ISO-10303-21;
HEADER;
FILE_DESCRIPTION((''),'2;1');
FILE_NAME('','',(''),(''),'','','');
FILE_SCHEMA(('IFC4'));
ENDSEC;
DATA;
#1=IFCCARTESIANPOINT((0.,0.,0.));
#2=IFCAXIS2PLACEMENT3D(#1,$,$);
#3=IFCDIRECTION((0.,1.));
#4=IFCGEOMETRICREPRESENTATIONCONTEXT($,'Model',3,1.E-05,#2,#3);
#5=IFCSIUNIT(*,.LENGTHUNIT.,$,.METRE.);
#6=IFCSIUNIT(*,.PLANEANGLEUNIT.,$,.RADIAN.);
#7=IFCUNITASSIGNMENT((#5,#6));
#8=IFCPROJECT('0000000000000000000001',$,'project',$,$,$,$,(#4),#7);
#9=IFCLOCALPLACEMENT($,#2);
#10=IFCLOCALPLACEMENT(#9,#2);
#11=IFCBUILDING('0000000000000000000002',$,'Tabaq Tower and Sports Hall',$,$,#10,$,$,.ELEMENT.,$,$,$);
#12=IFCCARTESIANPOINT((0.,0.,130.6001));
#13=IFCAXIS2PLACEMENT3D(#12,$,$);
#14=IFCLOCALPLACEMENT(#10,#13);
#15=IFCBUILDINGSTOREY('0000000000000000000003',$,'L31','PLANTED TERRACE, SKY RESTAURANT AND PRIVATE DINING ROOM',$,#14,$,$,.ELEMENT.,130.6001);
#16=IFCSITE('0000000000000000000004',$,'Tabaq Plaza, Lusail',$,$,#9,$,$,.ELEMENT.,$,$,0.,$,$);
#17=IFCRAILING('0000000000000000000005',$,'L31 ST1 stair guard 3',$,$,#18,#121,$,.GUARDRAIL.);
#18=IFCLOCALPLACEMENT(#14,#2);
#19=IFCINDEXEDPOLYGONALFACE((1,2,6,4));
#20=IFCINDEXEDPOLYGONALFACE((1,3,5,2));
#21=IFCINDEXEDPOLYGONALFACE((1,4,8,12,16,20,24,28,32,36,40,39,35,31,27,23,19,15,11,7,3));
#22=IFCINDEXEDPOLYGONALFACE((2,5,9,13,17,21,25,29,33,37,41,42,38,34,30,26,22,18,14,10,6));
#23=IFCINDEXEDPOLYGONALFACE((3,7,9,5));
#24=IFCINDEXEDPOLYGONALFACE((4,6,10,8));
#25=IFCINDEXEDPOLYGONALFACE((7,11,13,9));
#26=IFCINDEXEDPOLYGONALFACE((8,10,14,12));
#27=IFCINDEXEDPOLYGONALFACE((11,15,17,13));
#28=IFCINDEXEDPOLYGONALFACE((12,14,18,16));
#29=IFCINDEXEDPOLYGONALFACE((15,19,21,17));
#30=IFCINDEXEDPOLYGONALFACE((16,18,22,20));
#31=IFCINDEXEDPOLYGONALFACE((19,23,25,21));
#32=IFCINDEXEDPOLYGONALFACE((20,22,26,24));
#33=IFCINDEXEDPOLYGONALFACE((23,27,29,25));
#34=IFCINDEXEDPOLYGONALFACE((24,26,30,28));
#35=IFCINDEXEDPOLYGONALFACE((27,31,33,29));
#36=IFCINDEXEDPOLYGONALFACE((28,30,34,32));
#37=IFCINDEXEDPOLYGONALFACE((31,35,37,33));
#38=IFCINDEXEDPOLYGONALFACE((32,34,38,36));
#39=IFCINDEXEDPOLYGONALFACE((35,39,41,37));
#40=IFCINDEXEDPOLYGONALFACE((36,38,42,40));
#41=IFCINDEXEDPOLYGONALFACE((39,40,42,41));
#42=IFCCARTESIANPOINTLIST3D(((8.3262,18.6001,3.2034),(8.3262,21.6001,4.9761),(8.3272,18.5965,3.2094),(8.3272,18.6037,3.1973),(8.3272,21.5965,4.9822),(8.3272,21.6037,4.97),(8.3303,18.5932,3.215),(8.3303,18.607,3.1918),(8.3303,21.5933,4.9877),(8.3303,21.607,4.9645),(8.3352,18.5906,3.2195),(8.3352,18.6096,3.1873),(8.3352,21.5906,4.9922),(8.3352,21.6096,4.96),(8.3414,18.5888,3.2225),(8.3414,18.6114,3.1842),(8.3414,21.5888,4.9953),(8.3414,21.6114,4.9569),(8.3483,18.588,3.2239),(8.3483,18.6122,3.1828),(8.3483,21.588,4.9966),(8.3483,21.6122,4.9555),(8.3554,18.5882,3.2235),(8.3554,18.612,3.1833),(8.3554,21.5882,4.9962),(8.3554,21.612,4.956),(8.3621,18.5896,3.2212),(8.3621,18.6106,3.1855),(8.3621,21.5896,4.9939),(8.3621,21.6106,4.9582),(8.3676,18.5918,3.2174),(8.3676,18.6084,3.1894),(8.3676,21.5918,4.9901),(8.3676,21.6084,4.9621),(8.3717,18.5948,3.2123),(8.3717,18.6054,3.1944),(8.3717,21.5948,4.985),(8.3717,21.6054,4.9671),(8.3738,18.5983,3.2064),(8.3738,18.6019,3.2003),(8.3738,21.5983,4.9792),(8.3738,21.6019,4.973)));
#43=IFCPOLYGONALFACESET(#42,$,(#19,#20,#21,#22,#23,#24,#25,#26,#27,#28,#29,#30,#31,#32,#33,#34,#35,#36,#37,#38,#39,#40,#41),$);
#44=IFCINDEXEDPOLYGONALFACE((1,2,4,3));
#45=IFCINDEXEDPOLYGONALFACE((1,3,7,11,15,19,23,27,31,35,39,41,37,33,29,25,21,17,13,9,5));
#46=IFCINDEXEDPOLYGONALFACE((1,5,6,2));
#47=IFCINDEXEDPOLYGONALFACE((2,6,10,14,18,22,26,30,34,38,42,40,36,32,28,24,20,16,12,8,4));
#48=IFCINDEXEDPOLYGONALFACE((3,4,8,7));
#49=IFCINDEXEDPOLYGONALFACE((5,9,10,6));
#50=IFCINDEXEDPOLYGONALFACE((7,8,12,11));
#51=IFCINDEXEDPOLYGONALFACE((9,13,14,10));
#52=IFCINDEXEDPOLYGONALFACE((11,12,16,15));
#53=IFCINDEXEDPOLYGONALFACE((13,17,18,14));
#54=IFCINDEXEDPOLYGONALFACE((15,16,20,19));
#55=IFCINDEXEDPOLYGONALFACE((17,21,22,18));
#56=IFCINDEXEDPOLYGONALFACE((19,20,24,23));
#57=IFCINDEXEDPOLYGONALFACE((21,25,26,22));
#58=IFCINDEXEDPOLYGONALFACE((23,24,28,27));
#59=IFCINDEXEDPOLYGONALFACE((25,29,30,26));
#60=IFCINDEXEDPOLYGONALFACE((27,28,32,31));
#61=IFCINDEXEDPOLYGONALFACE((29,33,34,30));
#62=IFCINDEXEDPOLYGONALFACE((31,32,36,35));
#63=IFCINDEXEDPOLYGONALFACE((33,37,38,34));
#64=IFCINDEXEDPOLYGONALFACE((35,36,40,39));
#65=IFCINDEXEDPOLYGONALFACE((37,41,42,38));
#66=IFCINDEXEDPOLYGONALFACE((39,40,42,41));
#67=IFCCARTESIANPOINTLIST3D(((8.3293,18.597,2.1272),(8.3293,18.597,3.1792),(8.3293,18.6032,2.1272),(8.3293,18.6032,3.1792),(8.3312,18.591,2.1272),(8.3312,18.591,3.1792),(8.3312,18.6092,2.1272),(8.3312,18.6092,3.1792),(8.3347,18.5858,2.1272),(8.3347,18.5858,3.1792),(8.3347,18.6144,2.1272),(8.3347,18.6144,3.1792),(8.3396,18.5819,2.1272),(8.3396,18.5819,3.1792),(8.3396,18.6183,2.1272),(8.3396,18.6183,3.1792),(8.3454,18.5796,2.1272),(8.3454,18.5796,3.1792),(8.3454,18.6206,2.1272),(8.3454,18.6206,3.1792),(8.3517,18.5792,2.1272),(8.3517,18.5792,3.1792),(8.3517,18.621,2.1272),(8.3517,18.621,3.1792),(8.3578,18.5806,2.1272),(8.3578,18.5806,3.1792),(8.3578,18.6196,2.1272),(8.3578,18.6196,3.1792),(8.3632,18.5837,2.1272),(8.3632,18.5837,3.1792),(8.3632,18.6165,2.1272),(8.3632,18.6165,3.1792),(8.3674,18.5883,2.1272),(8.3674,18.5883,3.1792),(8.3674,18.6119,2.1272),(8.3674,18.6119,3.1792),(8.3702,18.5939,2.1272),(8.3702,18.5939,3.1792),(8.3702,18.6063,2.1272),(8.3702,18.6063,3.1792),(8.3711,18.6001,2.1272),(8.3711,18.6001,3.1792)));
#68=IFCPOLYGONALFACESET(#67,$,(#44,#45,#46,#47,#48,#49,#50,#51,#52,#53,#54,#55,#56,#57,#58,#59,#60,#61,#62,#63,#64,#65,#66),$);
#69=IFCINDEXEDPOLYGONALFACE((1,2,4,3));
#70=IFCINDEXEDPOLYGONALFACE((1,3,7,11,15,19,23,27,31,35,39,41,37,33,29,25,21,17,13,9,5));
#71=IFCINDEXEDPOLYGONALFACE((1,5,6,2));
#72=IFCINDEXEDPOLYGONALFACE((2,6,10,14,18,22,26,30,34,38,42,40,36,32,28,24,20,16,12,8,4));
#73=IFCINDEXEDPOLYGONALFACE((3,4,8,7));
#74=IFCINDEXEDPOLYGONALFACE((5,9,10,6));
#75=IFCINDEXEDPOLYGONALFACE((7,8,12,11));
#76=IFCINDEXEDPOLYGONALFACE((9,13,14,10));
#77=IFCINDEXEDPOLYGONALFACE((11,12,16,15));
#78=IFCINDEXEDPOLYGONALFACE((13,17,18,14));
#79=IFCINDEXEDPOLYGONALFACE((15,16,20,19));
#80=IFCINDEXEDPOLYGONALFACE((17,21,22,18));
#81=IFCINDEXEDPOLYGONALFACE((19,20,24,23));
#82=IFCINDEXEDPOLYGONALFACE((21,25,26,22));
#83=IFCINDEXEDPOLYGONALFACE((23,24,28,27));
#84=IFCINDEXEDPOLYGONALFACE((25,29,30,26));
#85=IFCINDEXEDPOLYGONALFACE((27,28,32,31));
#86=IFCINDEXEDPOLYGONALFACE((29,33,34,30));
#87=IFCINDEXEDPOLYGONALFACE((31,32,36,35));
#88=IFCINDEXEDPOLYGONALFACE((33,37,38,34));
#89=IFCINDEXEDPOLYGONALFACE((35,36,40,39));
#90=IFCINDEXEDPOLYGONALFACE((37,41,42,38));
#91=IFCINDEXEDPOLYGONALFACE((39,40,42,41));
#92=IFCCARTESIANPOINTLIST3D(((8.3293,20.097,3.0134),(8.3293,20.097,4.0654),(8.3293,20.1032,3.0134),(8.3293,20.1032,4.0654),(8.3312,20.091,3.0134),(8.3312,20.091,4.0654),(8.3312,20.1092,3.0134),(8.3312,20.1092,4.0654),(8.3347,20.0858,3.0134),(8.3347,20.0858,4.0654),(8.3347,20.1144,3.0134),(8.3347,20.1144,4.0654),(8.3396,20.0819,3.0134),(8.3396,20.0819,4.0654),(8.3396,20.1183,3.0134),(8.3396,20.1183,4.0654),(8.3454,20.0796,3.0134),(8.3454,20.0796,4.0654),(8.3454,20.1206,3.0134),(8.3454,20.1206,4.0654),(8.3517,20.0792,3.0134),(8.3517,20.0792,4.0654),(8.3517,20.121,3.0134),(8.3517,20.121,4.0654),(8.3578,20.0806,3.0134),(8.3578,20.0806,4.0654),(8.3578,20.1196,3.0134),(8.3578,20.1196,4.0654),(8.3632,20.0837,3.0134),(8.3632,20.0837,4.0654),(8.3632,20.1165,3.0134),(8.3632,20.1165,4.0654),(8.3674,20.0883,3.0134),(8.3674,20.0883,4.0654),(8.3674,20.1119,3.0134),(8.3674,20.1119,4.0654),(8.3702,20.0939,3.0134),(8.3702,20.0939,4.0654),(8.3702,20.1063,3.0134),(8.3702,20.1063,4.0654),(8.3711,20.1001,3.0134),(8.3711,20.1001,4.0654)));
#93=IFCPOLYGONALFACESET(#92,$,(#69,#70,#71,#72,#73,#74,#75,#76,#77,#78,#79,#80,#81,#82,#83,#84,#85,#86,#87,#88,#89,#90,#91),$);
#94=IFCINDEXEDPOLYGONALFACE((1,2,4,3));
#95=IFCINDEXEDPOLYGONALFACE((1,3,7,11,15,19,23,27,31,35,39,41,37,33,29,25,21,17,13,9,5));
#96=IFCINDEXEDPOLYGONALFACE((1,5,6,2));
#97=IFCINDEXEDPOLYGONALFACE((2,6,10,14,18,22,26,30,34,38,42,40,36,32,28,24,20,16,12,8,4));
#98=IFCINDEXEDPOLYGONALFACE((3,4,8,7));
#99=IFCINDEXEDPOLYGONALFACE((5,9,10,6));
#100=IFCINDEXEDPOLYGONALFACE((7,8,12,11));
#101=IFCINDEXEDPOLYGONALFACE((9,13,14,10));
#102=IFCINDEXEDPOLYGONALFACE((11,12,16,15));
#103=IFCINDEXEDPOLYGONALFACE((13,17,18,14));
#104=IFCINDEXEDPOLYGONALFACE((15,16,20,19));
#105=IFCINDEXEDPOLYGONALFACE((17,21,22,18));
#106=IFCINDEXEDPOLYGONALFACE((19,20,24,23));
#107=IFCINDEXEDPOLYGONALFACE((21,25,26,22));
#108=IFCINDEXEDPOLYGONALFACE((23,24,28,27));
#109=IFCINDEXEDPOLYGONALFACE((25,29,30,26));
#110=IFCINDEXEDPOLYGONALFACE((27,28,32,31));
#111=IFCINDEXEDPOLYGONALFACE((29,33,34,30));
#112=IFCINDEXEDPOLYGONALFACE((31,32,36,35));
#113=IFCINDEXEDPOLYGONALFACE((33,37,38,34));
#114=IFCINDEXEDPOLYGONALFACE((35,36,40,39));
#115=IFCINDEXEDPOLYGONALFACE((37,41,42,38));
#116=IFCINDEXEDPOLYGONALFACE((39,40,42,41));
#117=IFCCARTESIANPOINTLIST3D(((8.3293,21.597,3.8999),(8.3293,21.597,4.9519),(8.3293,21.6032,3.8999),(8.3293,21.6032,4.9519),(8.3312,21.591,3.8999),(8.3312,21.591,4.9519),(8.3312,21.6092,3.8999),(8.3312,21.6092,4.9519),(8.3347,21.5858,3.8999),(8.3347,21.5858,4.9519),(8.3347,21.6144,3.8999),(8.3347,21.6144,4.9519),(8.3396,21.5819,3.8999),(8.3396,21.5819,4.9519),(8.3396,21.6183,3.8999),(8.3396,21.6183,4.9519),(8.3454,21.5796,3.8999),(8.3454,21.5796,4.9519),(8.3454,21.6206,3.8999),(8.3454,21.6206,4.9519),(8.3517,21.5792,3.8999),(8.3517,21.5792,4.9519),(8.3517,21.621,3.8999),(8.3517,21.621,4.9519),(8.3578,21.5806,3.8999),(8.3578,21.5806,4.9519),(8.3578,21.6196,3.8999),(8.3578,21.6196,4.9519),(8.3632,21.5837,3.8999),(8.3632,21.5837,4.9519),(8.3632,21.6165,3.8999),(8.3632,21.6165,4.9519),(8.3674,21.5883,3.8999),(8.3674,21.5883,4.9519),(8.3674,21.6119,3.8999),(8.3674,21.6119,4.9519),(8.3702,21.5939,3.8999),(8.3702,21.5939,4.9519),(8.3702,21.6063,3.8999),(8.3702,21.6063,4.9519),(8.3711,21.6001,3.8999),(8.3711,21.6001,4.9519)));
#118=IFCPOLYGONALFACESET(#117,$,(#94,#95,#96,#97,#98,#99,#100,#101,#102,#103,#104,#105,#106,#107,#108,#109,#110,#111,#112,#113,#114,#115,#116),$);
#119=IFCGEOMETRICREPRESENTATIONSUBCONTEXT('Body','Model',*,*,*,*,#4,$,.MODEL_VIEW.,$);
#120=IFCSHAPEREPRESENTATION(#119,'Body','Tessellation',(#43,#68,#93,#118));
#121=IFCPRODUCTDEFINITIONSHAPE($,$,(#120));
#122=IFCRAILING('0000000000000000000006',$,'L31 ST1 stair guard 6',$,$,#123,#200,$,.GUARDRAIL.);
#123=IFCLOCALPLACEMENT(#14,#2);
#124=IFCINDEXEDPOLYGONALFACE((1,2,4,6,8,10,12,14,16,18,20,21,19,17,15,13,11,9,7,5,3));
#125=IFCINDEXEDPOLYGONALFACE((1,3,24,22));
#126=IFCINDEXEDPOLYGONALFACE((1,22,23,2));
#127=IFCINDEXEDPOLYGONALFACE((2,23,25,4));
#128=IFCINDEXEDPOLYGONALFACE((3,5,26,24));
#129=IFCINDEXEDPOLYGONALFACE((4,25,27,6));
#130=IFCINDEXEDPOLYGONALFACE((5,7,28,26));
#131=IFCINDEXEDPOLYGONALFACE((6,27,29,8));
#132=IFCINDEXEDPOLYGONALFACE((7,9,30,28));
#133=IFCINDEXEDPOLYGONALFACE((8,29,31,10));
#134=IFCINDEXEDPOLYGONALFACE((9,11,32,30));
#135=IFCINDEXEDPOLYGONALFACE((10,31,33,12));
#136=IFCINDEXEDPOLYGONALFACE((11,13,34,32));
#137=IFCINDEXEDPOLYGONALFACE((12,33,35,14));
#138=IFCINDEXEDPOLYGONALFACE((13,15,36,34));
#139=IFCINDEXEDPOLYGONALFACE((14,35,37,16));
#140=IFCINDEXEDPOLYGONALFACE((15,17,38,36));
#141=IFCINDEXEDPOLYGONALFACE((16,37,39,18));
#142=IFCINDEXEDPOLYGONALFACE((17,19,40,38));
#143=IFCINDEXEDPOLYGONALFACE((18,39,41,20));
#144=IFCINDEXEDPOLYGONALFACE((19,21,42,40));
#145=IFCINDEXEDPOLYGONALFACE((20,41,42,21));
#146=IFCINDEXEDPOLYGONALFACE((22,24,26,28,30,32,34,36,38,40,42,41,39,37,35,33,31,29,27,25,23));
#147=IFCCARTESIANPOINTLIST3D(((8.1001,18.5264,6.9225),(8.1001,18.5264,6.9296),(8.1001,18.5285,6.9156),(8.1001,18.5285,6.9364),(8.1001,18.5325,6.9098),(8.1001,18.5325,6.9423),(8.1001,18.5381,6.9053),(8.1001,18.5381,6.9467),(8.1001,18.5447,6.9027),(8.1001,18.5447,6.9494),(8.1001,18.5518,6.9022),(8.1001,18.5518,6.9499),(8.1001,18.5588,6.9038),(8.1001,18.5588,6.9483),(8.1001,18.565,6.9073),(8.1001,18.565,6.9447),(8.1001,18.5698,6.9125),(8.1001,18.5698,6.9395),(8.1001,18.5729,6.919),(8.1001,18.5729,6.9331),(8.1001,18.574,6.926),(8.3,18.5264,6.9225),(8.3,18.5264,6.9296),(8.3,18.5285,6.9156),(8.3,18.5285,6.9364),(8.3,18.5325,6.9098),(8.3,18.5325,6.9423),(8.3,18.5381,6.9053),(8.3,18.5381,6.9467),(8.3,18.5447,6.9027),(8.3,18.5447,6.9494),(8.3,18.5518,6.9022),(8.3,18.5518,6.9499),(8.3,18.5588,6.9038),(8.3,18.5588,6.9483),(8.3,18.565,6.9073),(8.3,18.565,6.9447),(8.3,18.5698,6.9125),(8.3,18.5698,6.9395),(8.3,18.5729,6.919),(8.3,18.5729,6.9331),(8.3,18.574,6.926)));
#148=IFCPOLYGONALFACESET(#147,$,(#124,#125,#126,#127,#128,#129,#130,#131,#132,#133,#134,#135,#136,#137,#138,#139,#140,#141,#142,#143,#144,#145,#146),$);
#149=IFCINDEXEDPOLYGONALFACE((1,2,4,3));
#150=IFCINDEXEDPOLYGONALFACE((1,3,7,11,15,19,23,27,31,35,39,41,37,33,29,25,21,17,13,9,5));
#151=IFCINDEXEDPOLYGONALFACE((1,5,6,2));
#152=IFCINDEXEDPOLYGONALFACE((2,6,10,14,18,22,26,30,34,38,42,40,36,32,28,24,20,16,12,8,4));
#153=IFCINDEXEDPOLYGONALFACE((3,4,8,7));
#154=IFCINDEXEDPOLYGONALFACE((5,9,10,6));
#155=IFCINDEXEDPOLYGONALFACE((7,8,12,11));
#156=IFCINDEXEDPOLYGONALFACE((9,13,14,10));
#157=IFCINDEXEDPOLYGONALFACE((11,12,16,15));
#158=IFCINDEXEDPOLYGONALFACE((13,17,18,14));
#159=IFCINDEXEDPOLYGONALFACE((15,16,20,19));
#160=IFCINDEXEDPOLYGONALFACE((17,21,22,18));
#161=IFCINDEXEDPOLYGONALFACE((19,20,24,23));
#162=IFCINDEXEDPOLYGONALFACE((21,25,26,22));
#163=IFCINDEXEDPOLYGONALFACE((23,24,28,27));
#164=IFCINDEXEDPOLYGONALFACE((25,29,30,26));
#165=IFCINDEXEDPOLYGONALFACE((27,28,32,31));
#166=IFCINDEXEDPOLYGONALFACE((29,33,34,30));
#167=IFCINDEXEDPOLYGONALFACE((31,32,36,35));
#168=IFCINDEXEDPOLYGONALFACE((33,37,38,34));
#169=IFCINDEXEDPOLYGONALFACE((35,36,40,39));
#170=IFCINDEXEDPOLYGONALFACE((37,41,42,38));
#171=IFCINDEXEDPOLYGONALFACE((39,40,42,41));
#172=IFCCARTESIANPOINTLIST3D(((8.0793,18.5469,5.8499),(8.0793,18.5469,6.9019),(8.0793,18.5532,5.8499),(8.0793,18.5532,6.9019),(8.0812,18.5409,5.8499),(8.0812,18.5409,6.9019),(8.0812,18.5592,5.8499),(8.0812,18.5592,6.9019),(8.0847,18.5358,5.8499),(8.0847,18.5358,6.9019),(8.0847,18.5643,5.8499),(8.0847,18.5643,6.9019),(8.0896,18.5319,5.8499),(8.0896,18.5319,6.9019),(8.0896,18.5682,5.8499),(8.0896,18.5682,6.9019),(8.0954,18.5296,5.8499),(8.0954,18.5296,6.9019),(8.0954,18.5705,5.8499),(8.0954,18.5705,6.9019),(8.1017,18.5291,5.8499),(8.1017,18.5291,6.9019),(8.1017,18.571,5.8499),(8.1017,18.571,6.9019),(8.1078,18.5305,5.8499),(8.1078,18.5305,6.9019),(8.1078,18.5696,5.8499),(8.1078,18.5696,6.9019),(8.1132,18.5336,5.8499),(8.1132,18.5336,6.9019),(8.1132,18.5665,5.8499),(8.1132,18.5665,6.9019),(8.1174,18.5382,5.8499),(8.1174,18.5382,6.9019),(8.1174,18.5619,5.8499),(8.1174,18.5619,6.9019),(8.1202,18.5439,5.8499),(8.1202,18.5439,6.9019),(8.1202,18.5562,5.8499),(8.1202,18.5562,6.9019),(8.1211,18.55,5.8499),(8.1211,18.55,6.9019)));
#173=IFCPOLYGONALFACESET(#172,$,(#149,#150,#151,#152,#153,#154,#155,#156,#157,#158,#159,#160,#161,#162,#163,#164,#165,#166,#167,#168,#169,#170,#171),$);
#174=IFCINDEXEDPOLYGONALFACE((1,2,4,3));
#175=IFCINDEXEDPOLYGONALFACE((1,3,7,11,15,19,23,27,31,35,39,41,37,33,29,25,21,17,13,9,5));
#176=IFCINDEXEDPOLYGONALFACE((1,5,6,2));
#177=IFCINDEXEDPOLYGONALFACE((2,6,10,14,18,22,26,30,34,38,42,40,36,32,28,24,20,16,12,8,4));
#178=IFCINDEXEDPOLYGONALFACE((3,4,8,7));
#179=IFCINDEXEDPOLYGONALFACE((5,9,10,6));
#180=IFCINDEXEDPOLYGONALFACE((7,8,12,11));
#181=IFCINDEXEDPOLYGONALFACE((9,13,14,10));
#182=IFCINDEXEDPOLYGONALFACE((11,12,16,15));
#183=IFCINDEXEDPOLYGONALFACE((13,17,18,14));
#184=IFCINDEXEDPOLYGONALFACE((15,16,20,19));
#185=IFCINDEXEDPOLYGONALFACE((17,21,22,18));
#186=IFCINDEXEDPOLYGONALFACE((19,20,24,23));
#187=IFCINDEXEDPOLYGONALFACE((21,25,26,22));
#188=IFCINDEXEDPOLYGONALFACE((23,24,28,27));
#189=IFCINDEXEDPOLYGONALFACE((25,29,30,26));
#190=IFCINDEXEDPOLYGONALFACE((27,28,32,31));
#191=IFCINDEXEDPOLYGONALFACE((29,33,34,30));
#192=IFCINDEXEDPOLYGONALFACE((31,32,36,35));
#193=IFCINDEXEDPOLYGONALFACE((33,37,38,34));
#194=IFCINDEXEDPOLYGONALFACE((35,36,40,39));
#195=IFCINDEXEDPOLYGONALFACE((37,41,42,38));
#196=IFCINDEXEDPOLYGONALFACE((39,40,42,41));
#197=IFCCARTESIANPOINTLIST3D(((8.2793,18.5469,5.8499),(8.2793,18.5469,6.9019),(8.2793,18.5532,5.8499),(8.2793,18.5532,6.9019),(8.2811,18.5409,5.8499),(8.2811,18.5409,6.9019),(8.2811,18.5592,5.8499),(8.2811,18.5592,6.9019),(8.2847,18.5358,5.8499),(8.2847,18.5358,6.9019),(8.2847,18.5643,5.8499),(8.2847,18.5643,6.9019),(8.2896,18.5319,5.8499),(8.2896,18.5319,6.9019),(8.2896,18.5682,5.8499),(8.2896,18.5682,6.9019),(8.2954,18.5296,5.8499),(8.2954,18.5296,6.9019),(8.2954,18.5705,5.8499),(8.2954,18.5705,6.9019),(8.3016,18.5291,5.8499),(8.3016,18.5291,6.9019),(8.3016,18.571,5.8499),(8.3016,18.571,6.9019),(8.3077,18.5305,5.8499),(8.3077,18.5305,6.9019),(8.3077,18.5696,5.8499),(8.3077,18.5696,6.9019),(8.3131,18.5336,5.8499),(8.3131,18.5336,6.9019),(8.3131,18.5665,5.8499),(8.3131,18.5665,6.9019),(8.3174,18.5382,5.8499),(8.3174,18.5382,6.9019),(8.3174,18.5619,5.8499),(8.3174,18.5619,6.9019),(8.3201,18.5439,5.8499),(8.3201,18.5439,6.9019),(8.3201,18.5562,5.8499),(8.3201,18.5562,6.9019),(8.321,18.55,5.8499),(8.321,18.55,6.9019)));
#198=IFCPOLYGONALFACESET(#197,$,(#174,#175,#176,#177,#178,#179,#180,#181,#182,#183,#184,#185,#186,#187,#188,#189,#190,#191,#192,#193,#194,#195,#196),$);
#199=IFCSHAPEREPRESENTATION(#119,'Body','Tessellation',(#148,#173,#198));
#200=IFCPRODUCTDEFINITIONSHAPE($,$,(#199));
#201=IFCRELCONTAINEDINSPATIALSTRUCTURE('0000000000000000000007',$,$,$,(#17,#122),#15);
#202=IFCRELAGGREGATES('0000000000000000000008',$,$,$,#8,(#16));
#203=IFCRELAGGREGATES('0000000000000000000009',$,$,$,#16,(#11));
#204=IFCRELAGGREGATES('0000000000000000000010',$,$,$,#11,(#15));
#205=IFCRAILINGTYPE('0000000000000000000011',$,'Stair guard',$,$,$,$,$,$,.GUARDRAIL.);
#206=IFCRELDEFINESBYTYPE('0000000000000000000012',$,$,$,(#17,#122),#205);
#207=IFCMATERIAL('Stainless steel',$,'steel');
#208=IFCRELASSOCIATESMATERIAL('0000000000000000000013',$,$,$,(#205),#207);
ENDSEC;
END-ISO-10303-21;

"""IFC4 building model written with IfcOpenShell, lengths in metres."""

from ifc_helpers import new_model, si_unit, direction, frame, origin, origin_2d, place, context, subcontext, project, spatial, circle, extrude, material, type_object, element, save


model = new_model("IFC4")

# Units and contexts
model_context = context("Model", 3, precision=1e-05, world=origin(), true_north=direction((0.0, 1.0)))
body_context = subcontext(model_context, "Body", "Model", "MODEL_VIEW")
ifc_project = project(units=[si_unit("LENGTHUNIT", "METRE"), si_unit("PLANEANGLEUNIT", "RADIAN")], contexts=[model_context])

# Site, building, storey
site_placement = place(None, origin())
site = spatial("IfcSite", under=ifc_project, at=site_placement, Name="Tabaq Plaza, Lusail", CompositionType="ELEMENT", RefElevation=0.0)
building_placement = place(site_placement, origin())
building = spatial("IfcBuilding", under=site, at=building_placement, Name="Tabaq Tower and Sports Hall", CompositionType="ELEMENT")
storey_placement = place(building_placement, frame((0.0, 0.0, 130.6001)))
storey = spatial("IfcBuildingStorey", under=building, at=storey_placement, Name="L31", Description="PLANTED TERRACE, SKY RESTAURANT AND PRIVATE DINING ROOM", CompositionType="ELEMENT", Elevation=130.6001)

# Railings
ifc_material_1 = material(Name="Stainless steel", Category="steel")
railing_type_1 = type_object("IfcRailingType", Name="Stair guard", PredefinedType="GUARDRAIL", material=ifc_material_1)
railing_1_placement = place(storey_placement, frame((8.3501, 18.6001, 2.1272)))
element("IfcRailing", 1, at=railing_1_placement, inside=storey, type_object=railing_type_1, Name="L31 ST1 stair guard 3", PredefinedType="GUARDRAIL", context=body_context, shape_type="SweptSolid", body=[
    extrude(circle(Radius=0.0239, at=origin_2d()), frame((0.0, 0.0, 1.0762), z_axis=(0.0, 0.860929, 0.508725), x_axis=(-1.0, 0.0, 0.0)), (0.0, 0.0, 1.0), 3.4846),
    extrude(circle(Radius=0.021, at=origin_2d()), origin(), (0.0, 0.0, 1.0), 1.052),
    extrude(circle(Radius=0.021, at=origin_2d()), frame((0.0, 1.5, 0.8862)), (0.0, 0.0, 1.0), 1.052),
    extrude(circle(Radius=0.021, at=origin_2d()), frame((0.0, 3.0, 1.7727)), (0.0, 0.0, 1.0), 1.052),
])
railing_2_placement = place(storey_placement, frame((8.1001, 18.55, 5.8499)))
element("IfcRailing", 2, at=railing_2_placement, inside=storey, type_object=railing_type_1, Name="L31 ST1 stair guard 6", PredefinedType="GUARDRAIL", context=body_context, shape_type="SweptSolid", body=[
    extrude(circle(Radius=0.0239, at=origin_2d()), frame((0.0, 0.0, 1.0762), z_axis=(1.0, 0.0, 0.0), x_axis=(0.0, 1.0, 0.0)), (0.0, 0.0, 1.0), 0.2),
    extrude(circle(Radius=0.021, at=origin_2d()), origin(), (0.0, 0.0, 1.0), 1.052),
    extrude(circle(Radius=0.021, at=origin_2d()), frame((0.2, 0.0, 0.0)), (0.0, 0.0, 1.0), 1.052),
])

save(model, "model.ifc")
